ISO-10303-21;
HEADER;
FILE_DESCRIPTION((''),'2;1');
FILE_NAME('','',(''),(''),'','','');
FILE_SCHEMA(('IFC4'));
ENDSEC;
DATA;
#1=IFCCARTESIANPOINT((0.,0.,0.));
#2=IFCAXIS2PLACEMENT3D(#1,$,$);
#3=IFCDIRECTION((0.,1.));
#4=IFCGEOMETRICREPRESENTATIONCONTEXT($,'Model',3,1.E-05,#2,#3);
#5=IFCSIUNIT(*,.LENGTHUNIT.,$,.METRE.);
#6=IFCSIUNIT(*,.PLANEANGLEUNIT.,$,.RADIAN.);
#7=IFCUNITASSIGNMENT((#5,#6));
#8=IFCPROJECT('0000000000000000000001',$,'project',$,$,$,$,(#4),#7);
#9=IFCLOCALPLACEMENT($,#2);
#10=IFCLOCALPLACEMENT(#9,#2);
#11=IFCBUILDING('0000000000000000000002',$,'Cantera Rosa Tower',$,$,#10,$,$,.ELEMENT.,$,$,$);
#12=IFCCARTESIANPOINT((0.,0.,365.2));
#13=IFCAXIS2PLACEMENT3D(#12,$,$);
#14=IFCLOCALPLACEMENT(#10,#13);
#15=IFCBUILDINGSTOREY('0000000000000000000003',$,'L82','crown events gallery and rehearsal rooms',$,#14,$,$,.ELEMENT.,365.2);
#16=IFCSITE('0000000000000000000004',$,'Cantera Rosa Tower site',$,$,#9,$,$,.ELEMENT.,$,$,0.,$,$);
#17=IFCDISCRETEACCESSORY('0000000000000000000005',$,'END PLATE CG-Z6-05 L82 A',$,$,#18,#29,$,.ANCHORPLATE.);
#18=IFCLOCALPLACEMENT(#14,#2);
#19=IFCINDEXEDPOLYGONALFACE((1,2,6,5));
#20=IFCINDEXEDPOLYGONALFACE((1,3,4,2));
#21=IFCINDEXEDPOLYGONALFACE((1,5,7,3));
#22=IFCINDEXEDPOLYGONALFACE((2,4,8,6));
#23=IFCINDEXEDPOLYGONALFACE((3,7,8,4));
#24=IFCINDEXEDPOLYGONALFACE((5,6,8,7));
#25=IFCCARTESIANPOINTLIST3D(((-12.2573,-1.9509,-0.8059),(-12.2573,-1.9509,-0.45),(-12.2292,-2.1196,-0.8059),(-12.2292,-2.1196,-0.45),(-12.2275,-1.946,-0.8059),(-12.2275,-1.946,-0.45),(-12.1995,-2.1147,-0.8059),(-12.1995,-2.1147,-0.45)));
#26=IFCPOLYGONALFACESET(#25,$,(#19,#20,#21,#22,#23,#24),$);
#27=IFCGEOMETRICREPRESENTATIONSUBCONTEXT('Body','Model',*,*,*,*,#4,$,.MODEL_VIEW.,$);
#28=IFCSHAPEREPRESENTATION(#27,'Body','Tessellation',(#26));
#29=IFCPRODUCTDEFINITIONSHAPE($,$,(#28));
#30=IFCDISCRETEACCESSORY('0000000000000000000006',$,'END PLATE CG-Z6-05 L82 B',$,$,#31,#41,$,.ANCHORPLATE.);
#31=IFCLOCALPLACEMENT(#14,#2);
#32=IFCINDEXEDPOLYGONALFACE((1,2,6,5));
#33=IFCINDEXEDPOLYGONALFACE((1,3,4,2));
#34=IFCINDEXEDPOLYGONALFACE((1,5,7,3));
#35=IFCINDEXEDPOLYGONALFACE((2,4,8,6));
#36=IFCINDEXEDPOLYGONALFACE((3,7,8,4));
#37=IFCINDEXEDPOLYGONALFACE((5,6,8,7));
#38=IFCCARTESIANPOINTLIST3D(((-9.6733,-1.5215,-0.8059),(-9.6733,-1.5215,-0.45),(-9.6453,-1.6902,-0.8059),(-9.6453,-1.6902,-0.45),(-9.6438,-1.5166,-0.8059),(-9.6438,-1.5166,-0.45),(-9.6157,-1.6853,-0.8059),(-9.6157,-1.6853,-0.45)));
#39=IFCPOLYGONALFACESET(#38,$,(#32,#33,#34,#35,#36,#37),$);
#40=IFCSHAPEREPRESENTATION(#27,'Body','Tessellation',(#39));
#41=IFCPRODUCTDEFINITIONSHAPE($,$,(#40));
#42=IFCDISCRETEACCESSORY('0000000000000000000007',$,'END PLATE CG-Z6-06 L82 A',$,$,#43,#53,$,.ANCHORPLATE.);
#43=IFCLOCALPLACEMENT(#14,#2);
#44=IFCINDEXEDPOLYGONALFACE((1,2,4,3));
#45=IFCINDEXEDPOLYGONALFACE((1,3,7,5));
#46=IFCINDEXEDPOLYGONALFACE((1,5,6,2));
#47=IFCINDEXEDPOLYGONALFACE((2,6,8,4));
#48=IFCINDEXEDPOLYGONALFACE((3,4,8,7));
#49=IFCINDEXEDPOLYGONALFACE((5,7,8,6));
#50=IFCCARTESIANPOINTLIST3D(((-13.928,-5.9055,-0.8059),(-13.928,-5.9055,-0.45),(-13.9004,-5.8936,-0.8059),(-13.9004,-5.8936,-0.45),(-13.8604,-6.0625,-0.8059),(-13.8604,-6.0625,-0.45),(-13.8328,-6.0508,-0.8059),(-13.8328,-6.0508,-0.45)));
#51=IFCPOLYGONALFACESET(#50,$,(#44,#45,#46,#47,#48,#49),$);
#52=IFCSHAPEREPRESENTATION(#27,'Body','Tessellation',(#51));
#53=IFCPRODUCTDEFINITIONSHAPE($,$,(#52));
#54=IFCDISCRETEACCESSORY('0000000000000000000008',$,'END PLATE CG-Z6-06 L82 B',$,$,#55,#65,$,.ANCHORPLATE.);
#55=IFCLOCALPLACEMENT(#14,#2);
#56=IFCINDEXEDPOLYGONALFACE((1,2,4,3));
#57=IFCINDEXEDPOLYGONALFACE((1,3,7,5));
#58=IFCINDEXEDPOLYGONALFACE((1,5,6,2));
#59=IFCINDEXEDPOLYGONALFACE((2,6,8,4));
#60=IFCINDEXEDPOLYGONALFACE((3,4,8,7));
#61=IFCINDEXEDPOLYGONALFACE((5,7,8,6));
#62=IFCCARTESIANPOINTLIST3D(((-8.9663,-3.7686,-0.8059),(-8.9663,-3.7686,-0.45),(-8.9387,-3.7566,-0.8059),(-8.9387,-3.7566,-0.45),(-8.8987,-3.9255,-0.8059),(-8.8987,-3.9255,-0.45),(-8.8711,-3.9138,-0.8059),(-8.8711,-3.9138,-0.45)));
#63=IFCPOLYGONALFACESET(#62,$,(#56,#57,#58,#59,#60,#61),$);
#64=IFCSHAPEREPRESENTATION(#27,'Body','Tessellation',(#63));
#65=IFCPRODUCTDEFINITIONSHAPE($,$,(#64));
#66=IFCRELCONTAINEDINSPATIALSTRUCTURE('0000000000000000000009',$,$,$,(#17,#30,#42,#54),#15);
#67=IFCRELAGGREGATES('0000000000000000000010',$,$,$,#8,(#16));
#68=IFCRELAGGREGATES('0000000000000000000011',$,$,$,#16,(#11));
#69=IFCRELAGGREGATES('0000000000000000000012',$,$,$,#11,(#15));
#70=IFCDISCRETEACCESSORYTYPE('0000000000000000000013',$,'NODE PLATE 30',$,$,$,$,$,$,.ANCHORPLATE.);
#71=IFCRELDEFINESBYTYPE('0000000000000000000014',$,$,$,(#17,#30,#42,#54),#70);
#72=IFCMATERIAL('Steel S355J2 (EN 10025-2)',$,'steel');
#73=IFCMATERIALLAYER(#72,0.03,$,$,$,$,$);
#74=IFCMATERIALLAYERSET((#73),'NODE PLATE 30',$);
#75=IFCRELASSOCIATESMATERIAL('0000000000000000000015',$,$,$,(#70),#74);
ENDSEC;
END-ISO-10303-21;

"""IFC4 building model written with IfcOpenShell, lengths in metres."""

from ifc_helpers import new_model, si_unit, direction, frame, origin, place, context, subcontext, project, spatial, polyline, outline, extrude, material, layer, layer_set, type_object, element, save


model = new_model("IFC4")

# Units and contexts
model_context = context("Model", 3, precision=1e-05, world=origin(), true_north=direction((0.0, 1.0)))
body_context = subcontext(model_context, "Body", "Model", "MODEL_VIEW")
ifc_project = project(units=[si_unit("LENGTHUNIT", "METRE"), si_unit("PLANEANGLEUNIT", "RADIAN")], contexts=[model_context])

# Site, building, storey
site_placement = place(None, origin())
site = spatial("IfcSite", under=ifc_project, at=site_placement, Name="Cantera Rosa Tower site", CompositionType="ELEMENT", RefElevation=0.0)
building_placement = place(site_placement, origin())
building = spatial("IfcBuilding", under=site, at=building_placement, Name="Cantera Rosa Tower", CompositionType="ELEMENT")
storey_placement = place(building_placement, frame((0.0, 0.0, 365.2)))
storey = spatial("IfcBuildingStorey", under=building, at=storey_placement, Name="L82", Description="crown events gallery and rehearsal rooms", CompositionType="ELEMENT", Elevation=365.2)

# Discrete accessories
ifc_material_1 = material(Name="Steel S355J2 (EN 10025-2)", Category="steel")
ifc_layer_1 = layer(ifc_material_1, 0.03)
ifc_layer_set_1 = layer_set([ifc_layer_1], Name="NODE PLATE 30")
discrete_accessory_type = type_object("IfcDiscreteAccessoryType", Name="NODE PLATE 30", PredefinedType="ANCHORPLATE", material=ifc_layer_set_1)
discrete_accessory_1_placement = place(storey_placement, frame((0.0, 0.0, -0.8059)))
element("IfcDiscreteAccessory", 1, at=discrete_accessory_1_placement, inside=storey, type_object=discrete_accessory_type, Name="END PLATE CG-Z6-05 L82 A", PredefinedType="ANCHORPLATE", context=body_context, shape_type="SweptSolid", body=[
    extrude(outline(polyline([(-12.1995, -2.1147), (-12.2292, -2.1196), (-12.2573, -1.9509), (-12.2275, -1.946), (-12.1995, -2.1147)])), origin(), (0.0, 0.0, 1.0), 0.356),
])
discrete_accessory_2_placement = place(storey_placement, frame((0.0, 0.0, -0.8059)))
element("IfcDiscreteAccessory", 2, at=discrete_accessory_2_placement, inside=storey, type_object=discrete_accessory_type, Name="END PLATE CG-Z6-05 L82 B", PredefinedType="ANCHORPLATE", context=body_context, shape_type="SweptSolid", body=[
    extrude(outline(polyline([(-9.6733, -1.5215), (-9.6438, -1.5166), (-9.6157, -1.6853), (-9.6453, -1.6902), (-9.6733, -1.5215)])), origin(), (0.0, 0.0, 1.0), 0.356),
])
discrete_accessory_3_placement = place(storey_placement, frame((0.0, 0.0, -0.8059)))
element("IfcDiscreteAccessory", 3, at=discrete_accessory_3_placement, inside=storey, type_object=discrete_accessory_type, Name="END PLATE CG-Z6-06 L82 A", PredefinedType="ANCHORPLATE", context=body_context, shape_type="SweptSolid", body=[
    extrude(outline(polyline([(-13.8328, -6.0508), (-13.8604, -6.0625), (-13.928, -5.9055), (-13.9004, -5.8936), (-13.8328, -6.0508)])), origin(), (0.0, 0.0, 1.0), 0.356),
])
discrete_accessory_4_placement = place(storey_placement, frame((0.0, 0.0, -0.8059)))
element("IfcDiscreteAccessory", 4, at=discrete_accessory_4_placement, inside=storey, type_object=discrete_accessory_type, Name="END PLATE CG-Z6-06 L82 B", PredefinedType="ANCHORPLATE", context=body_context, shape_type="SweptSolid", body=[
    extrude(outline(polyline([(-8.9663, -3.7686), (-8.9387, -3.7566), (-8.8711, -3.9138), (-8.8987, -3.9255), (-8.9663, -3.7686)])), origin(), (0.0, 0.0, 1.0), 0.356),
])

save(model, "model.ifc")
